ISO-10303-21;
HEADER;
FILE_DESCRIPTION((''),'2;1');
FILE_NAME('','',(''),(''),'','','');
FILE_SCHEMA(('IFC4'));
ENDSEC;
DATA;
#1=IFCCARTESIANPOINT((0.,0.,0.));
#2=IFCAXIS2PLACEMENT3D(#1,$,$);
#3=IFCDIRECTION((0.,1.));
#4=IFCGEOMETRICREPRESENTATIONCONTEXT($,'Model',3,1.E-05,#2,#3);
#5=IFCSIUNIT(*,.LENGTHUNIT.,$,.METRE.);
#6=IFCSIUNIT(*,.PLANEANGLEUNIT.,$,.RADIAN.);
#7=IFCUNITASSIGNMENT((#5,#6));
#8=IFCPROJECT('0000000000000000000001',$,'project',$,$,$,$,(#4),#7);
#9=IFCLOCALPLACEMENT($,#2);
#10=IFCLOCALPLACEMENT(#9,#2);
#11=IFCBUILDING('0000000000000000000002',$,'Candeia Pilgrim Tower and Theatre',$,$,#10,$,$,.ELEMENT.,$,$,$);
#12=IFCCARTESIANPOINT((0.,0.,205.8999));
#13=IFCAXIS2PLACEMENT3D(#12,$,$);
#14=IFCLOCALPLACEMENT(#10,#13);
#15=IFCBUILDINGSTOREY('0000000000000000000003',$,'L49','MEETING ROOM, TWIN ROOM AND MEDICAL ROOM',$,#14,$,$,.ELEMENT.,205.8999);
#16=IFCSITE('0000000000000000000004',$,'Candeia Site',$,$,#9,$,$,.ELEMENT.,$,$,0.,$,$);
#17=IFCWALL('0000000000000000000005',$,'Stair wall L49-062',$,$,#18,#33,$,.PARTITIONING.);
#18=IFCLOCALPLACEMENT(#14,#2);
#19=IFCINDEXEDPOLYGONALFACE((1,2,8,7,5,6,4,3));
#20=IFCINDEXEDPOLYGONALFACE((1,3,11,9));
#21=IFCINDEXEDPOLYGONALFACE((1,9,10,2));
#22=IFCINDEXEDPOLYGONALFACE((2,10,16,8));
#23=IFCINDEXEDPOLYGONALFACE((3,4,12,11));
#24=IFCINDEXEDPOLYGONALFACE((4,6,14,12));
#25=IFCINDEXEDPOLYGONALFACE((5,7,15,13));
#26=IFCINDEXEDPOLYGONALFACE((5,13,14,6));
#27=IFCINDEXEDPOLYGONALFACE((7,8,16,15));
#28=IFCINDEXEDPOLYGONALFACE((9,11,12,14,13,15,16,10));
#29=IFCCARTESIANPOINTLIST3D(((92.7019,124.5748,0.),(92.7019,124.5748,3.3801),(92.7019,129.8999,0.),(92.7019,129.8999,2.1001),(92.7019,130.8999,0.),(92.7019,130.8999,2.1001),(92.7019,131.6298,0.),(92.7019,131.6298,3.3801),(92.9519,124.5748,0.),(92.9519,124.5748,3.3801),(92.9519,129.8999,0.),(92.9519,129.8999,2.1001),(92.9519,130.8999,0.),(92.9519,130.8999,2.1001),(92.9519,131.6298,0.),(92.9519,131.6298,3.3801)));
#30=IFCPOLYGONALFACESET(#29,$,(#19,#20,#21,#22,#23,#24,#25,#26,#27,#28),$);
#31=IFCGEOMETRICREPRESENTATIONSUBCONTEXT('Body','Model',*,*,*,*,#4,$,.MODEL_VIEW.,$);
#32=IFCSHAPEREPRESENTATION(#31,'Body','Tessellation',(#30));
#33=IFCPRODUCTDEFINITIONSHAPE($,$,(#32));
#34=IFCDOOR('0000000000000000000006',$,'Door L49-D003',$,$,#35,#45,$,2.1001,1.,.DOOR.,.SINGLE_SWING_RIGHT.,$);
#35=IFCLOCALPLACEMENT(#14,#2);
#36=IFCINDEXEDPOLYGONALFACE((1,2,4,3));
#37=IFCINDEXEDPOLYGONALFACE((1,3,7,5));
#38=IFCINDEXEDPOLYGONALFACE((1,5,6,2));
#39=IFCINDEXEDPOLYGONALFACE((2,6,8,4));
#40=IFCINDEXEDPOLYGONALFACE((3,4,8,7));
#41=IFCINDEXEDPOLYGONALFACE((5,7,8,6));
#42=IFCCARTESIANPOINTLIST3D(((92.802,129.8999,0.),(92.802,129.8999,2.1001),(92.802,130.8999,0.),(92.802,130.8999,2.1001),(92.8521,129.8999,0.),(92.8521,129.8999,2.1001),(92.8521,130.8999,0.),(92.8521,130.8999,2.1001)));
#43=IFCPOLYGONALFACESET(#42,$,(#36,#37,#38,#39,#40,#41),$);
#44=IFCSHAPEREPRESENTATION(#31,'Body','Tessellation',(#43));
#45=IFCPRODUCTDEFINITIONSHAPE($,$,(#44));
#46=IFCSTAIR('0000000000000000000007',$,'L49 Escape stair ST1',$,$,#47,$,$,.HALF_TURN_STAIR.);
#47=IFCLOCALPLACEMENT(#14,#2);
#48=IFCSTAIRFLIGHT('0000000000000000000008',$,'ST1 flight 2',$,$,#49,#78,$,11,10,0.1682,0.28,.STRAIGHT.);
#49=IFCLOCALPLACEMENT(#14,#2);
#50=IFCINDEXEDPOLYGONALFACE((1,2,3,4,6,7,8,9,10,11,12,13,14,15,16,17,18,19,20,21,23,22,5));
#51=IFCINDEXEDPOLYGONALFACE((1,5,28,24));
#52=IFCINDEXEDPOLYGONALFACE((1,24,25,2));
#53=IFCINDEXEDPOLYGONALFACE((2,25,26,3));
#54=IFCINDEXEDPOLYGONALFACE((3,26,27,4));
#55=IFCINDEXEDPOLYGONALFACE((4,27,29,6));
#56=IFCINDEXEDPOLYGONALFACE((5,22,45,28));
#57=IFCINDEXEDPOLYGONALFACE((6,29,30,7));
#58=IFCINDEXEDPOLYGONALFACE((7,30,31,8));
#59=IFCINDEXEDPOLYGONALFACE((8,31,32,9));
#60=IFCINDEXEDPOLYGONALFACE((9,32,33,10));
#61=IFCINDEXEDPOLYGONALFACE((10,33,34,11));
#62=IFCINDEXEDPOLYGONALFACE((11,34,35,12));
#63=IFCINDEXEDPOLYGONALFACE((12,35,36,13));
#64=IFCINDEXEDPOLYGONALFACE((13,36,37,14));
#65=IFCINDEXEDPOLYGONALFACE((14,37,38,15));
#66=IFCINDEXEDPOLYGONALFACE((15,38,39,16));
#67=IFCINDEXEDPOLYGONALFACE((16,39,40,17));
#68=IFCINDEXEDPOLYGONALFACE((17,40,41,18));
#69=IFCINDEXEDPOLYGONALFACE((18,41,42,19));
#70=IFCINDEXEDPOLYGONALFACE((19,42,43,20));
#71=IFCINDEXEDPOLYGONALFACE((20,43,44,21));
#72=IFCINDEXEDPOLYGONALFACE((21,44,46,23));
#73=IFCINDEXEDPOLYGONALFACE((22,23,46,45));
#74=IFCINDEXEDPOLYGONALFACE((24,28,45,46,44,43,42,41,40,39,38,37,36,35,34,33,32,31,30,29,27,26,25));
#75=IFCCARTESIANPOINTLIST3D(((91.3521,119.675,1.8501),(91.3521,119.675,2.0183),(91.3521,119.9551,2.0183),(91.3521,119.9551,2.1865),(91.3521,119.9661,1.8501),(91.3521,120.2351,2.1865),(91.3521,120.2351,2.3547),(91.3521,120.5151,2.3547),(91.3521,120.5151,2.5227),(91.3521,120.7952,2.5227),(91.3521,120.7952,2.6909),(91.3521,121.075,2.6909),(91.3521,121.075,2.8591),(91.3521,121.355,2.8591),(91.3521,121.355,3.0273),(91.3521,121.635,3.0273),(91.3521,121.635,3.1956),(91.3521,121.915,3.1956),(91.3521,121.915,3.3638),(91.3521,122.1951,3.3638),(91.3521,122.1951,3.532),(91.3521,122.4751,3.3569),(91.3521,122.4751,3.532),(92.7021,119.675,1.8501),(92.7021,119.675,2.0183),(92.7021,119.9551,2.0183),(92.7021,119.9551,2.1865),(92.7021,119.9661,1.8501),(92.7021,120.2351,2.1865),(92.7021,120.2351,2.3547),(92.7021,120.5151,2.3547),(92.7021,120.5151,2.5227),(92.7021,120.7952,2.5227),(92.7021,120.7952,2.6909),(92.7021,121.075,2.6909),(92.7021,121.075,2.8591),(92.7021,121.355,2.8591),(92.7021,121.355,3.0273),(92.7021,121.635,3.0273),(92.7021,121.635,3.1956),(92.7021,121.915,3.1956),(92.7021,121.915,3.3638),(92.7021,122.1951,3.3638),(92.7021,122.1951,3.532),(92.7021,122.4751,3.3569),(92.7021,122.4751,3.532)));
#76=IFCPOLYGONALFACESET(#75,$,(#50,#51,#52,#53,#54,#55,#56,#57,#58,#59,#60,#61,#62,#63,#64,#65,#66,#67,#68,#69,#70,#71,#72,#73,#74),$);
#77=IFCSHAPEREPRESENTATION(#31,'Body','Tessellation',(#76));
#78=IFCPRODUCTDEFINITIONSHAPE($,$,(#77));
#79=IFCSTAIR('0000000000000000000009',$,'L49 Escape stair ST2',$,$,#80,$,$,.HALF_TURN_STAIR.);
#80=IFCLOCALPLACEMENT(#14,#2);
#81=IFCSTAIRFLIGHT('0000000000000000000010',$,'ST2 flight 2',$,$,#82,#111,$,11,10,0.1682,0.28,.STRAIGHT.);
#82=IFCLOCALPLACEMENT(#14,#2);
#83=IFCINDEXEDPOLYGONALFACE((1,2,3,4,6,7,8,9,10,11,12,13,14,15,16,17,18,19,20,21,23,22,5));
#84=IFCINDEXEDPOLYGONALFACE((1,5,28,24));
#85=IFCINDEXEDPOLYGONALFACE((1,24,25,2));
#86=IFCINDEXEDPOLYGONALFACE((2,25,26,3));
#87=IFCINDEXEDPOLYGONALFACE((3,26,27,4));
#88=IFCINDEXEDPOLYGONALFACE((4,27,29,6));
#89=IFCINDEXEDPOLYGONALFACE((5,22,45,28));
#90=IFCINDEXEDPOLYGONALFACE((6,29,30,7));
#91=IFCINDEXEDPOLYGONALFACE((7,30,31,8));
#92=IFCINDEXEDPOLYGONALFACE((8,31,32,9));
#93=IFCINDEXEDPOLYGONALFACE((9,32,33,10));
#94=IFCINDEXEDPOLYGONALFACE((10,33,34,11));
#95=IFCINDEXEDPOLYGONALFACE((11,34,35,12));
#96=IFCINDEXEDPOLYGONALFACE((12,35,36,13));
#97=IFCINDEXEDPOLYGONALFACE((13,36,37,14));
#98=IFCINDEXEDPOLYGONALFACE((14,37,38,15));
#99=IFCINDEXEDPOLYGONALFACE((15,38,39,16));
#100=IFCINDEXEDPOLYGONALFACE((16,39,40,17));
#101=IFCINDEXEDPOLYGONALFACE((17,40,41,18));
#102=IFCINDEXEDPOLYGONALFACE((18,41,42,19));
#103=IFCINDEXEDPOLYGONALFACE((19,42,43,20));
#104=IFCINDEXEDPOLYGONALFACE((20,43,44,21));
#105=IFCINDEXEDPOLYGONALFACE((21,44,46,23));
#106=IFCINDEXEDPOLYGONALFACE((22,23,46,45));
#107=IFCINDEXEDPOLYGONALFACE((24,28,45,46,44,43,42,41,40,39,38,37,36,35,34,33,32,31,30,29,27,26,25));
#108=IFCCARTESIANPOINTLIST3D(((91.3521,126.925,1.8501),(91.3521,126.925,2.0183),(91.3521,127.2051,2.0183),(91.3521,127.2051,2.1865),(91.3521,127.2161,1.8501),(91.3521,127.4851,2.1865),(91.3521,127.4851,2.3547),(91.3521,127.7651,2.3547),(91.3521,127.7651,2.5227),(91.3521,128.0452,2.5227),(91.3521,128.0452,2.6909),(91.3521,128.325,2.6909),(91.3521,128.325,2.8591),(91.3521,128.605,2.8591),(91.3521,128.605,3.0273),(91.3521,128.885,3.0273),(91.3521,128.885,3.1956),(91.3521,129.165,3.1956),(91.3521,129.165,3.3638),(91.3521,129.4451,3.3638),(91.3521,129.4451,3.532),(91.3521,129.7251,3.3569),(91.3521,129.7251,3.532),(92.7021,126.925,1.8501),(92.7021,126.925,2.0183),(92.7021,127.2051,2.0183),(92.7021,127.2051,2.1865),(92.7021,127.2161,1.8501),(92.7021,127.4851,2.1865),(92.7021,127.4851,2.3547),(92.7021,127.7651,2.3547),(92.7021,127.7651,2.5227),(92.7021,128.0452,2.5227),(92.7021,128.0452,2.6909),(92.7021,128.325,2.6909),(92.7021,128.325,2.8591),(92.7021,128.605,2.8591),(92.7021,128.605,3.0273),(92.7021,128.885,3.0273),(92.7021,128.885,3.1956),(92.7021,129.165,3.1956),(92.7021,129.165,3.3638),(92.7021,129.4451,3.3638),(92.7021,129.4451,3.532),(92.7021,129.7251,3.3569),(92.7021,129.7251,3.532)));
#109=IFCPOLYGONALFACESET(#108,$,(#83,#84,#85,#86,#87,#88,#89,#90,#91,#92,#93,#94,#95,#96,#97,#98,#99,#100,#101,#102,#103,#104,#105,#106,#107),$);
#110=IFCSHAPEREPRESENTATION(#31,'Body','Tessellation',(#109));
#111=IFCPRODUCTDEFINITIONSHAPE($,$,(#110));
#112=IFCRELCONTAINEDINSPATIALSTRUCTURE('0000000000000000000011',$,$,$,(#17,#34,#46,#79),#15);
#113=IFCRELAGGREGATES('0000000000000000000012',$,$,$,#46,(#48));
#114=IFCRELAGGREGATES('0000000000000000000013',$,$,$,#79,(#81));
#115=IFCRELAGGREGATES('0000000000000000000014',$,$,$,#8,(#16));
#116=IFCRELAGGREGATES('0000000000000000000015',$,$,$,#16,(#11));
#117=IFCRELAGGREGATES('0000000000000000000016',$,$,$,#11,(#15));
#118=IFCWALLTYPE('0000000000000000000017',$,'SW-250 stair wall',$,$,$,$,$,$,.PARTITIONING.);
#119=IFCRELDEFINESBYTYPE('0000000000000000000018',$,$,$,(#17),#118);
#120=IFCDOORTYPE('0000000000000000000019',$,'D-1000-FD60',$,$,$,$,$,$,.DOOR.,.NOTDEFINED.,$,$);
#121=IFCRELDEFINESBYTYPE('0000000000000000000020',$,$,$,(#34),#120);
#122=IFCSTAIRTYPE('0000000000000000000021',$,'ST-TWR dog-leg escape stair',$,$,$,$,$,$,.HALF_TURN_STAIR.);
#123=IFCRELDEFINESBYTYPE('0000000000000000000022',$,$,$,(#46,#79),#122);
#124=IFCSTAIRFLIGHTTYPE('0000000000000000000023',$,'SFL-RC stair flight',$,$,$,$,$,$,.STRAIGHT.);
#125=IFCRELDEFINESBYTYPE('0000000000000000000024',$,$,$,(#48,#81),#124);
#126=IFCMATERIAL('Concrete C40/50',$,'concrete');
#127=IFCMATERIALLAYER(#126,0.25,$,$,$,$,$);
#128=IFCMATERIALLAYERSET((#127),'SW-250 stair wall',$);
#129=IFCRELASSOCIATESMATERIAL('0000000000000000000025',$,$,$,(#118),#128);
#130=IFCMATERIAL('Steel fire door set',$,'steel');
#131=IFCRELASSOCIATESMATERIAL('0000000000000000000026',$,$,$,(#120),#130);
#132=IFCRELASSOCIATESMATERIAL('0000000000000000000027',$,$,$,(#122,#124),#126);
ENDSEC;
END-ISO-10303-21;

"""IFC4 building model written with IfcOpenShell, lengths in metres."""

from ifc_helpers import new_model, si_unit, direction, frame, frame_2d, origin, place, context, subcontext, project, spatial, polyline, rectangle, outline, extrude, material, layer, layer_set, type_object, element, fill, aggregate, save


model = new_model("IFC4")

# Units and contexts
model_context = context("Model", 3, precision=1e-05, world=origin(), true_north=direction((0.0, 1.0)))
body_context = subcontext(model_context, "Body", "Model", "MODEL_VIEW")
ifc_project = project(units=[si_unit("LENGTHUNIT", "METRE"), si_unit("PLANEANGLEUNIT", "RADIAN")], contexts=[model_context])

# Site, building, storey
site_placement = place(None, origin())
site = spatial("IfcSite", under=ifc_project, at=site_placement, Name="Candeia Site", CompositionType="ELEMENT", RefElevation=0.0)
building_placement = place(site_placement, origin())
building = spatial("IfcBuilding", under=site, at=building_placement, Name="Candeia Pilgrim Tower and Theatre", CompositionType="ELEMENT")
storey_placement = place(building_placement, frame((0.0, 0.0, 205.8999)))
storey = spatial("IfcBuildingStorey", under=building, at=storey_placement, Name="L49", Description="MEETING ROOM, TWIN ROOM AND MEDICAL ROOM", CompositionType="ELEMENT", Elevation=205.8999)

# Shared definitions
ifc_material_1 = material(Name="Steel fire door set", Category="steel")

# Shared definitions
ifc_material_2 = material(Name="Concrete C40/50", Category="concrete")

# Wall, opening, door
ifc_layer_1 = layer(ifc_material_2, 0.25)
ifc_layer_set_1 = layer_set([ifc_layer_1], Name="SW-250 stair wall")
wall_type_1 = type_object("IfcWallType", Name="SW-250 stair wall", PredefinedType="PARTITIONING", material=ifc_layer_set_1)
wall_1_placement = place(storey_placement, frame((92.8269, 124.575, 0.0), z_axis=(0.0, 0.0, 1.0), x_axis=(0.0, 1.0, 0.0)))
wall_1 = element("IfcWall", 1, at=wall_1_placement, inside=storey, type_object=wall_type_1, Name="Stair wall L49-062", PredefinedType="PARTITIONING", context=body_context, shape_type="SweptSolid", body=[
    extrude(rectangle(XDim=7.0549, YDim=0.25, at=frame_2d((3.5273, 0.0))), origin(), (0.0, 0.0, 1.0), 3.3801),
])
opening_1_placement = place(wall_1_placement, frame((5.325, 0.0, 0.0)))
opening_1 = element("IfcOpeningElement", 2, at=opening_1_placement, cuts=wall_1, PredefinedType="OPENING", context=body_context, shape_type="SweptSolid", body=[
    extrude(rectangle(XDim=1.0, YDim=2.1001, at=frame_2d((0.5, 1.05))), frame((0.0, 0.135, 0.0), z_axis=(0.0, -1.0, 0.0), x_axis=(1.0, 0.0, 0.0)), (0.0, 0.0, 1.0), 0.27),
])
door_type_1 = type_object("IfcDoorType", Name="D-1000-FD60", OperationType="NOTDEFINED", PredefinedType="DOOR", material=ifc_material_1)
door_1_placement = place(opening_1_placement, origin())
door_1 = element("IfcDoor", 3, at=door_1_placement, inside=storey, type_object=door_type_1, Name="Door L49-D003", OperationType="SINGLE_SWING_RIGHT", OverallHeight=2.1001, OverallWidth=1.0, PredefinedType="DOOR", context=body_context, shape_type="SweptSolid", body=[
    extrude(rectangle(XDim=1.0, YDim=2.1001, at=frame_2d((0.5, 1.05))), frame((0.0, 0.0249, 0.0), z_axis=(0.0, -1.0, 0.0), x_axis=(1.0, 0.0, 0.0)), (0.0, 0.0, 1.0), 0.05),
])
fill(opening_1, door_1)

# Stairs, stair flights
stair_type = type_object("IfcStairType", Name="ST-TWR dog-leg escape stair", PredefinedType="HALF_TURN_STAIR", material=ifc_material_2)
stair_1_placement = place(storey_placement, origin())
stair_1 = element("IfcStair", 4, at=stair_1_placement, inside=storey, type_object=stair_type, Name="L49 Escape stair ST1", PredefinedType="HALF_TURN_STAIR")
stair_flight_type = type_object("IfcStairFlightType", Name="SFL-RC stair flight", PredefinedType="STRAIGHT", material=ifc_material_2)
stair_flight_1_placement = place(storey_placement, frame((92.0271, 119.675, 1.8501), z_axis=(0.0, 0.0, 1.0), x_axis=(0.0, 1.0, 0.0)))
stair_flight_1 = element("IfcStairFlight", 5, at=stair_flight_1_placement, type_object=stair_flight_type, Name="ST1 flight 2", NumberOfRisers=11, NumberOfTreads=10, PredefinedType="STRAIGHT", RiserHeight=0.1682, TreadLength=0.28, context=body_context, shape_type="SweptSolid", body=[
    extrude(outline(polyline([(0.0, 0.0), (0.0, 0.1682), (0.28, 0.1682), (0.28, 0.3364), (0.5601, 0.3364), (0.5601, 0.5046), (0.8401, 0.5046), (0.8401, 0.6726), (1.1201, 0.6726), (1.1201, 0.8408), (1.3999, 0.8408), (1.3999, 1.009), (1.6799, 1.009), (1.6799, 1.1772), (1.96, 1.1772), (1.96, 1.3455), (2.24, 1.3455), (2.24, 1.5137), (2.52, 1.5137), (2.52, 1.6819), (2.8, 1.6819), (2.8, 1.8501), (2.8, 1.5068), (0.291, 0.0), (0.0, 0.0)])), frame((0.0, 0.675, 0.0), z_axis=(0.0, -1.0, 0.0), x_axis=(1.0, 0.0, 0.0)), (0.0, 0.0, 1.0), 1.3501),
])
aggregate(stair_1, [stair_flight_1])
stair_2_placement = place(storey_placement, origin())
stair_2 = element("IfcStair", 6, at=stair_2_placement, inside=storey, type_object=stair_type, Name="L49 Escape stair ST2", PredefinedType="HALF_TURN_STAIR")
stair_flight_2_placement = place(storey_placement, frame((92.0271, 126.925, 1.8501), z_axis=(0.0, 0.0, 1.0), x_axis=(0.0, 1.0, 0.0)))
stair_flight_2 = element("IfcStairFlight", 7, at=stair_flight_2_placement, type_object=stair_flight_type, Name="ST2 flight 2", NumberOfRisers=11, NumberOfTreads=10, PredefinedType="STRAIGHT", RiserHeight=0.1682, TreadLength=0.28, context=body_context, shape_type="SweptSolid", body=[
    extrude(outline(polyline([(0.0, 0.0), (0.0, 0.1682), (0.28, 0.1682), (0.28, 0.3364), (0.5601, 0.3364), (0.5601, 0.5046), (0.8401, 0.5046), (0.8401, 0.6726), (1.1201, 0.6726), (1.1201, 0.8408), (1.3999, 0.8408), (1.3999, 1.009), (1.6799, 1.009), (1.6799, 1.1772), (1.96, 1.1772), (1.96, 1.3455), (2.24, 1.3455), (2.24, 1.5137), (2.52, 1.5137), (2.52, 1.6819), (2.8, 1.6819), (2.8, 1.8501), (2.8, 1.5068), (0.291, 0.0), (0.0, 0.0)])), frame((0.0, 0.675, 0.0), z_axis=(0.0, -1.0, 0.0), x_axis=(1.0, 0.0, 0.0)), (0.0, 0.0, 1.0), 1.3501),
])
aggregate(stair_2, [stair_flight_2])

save(model, "model.ifc")
